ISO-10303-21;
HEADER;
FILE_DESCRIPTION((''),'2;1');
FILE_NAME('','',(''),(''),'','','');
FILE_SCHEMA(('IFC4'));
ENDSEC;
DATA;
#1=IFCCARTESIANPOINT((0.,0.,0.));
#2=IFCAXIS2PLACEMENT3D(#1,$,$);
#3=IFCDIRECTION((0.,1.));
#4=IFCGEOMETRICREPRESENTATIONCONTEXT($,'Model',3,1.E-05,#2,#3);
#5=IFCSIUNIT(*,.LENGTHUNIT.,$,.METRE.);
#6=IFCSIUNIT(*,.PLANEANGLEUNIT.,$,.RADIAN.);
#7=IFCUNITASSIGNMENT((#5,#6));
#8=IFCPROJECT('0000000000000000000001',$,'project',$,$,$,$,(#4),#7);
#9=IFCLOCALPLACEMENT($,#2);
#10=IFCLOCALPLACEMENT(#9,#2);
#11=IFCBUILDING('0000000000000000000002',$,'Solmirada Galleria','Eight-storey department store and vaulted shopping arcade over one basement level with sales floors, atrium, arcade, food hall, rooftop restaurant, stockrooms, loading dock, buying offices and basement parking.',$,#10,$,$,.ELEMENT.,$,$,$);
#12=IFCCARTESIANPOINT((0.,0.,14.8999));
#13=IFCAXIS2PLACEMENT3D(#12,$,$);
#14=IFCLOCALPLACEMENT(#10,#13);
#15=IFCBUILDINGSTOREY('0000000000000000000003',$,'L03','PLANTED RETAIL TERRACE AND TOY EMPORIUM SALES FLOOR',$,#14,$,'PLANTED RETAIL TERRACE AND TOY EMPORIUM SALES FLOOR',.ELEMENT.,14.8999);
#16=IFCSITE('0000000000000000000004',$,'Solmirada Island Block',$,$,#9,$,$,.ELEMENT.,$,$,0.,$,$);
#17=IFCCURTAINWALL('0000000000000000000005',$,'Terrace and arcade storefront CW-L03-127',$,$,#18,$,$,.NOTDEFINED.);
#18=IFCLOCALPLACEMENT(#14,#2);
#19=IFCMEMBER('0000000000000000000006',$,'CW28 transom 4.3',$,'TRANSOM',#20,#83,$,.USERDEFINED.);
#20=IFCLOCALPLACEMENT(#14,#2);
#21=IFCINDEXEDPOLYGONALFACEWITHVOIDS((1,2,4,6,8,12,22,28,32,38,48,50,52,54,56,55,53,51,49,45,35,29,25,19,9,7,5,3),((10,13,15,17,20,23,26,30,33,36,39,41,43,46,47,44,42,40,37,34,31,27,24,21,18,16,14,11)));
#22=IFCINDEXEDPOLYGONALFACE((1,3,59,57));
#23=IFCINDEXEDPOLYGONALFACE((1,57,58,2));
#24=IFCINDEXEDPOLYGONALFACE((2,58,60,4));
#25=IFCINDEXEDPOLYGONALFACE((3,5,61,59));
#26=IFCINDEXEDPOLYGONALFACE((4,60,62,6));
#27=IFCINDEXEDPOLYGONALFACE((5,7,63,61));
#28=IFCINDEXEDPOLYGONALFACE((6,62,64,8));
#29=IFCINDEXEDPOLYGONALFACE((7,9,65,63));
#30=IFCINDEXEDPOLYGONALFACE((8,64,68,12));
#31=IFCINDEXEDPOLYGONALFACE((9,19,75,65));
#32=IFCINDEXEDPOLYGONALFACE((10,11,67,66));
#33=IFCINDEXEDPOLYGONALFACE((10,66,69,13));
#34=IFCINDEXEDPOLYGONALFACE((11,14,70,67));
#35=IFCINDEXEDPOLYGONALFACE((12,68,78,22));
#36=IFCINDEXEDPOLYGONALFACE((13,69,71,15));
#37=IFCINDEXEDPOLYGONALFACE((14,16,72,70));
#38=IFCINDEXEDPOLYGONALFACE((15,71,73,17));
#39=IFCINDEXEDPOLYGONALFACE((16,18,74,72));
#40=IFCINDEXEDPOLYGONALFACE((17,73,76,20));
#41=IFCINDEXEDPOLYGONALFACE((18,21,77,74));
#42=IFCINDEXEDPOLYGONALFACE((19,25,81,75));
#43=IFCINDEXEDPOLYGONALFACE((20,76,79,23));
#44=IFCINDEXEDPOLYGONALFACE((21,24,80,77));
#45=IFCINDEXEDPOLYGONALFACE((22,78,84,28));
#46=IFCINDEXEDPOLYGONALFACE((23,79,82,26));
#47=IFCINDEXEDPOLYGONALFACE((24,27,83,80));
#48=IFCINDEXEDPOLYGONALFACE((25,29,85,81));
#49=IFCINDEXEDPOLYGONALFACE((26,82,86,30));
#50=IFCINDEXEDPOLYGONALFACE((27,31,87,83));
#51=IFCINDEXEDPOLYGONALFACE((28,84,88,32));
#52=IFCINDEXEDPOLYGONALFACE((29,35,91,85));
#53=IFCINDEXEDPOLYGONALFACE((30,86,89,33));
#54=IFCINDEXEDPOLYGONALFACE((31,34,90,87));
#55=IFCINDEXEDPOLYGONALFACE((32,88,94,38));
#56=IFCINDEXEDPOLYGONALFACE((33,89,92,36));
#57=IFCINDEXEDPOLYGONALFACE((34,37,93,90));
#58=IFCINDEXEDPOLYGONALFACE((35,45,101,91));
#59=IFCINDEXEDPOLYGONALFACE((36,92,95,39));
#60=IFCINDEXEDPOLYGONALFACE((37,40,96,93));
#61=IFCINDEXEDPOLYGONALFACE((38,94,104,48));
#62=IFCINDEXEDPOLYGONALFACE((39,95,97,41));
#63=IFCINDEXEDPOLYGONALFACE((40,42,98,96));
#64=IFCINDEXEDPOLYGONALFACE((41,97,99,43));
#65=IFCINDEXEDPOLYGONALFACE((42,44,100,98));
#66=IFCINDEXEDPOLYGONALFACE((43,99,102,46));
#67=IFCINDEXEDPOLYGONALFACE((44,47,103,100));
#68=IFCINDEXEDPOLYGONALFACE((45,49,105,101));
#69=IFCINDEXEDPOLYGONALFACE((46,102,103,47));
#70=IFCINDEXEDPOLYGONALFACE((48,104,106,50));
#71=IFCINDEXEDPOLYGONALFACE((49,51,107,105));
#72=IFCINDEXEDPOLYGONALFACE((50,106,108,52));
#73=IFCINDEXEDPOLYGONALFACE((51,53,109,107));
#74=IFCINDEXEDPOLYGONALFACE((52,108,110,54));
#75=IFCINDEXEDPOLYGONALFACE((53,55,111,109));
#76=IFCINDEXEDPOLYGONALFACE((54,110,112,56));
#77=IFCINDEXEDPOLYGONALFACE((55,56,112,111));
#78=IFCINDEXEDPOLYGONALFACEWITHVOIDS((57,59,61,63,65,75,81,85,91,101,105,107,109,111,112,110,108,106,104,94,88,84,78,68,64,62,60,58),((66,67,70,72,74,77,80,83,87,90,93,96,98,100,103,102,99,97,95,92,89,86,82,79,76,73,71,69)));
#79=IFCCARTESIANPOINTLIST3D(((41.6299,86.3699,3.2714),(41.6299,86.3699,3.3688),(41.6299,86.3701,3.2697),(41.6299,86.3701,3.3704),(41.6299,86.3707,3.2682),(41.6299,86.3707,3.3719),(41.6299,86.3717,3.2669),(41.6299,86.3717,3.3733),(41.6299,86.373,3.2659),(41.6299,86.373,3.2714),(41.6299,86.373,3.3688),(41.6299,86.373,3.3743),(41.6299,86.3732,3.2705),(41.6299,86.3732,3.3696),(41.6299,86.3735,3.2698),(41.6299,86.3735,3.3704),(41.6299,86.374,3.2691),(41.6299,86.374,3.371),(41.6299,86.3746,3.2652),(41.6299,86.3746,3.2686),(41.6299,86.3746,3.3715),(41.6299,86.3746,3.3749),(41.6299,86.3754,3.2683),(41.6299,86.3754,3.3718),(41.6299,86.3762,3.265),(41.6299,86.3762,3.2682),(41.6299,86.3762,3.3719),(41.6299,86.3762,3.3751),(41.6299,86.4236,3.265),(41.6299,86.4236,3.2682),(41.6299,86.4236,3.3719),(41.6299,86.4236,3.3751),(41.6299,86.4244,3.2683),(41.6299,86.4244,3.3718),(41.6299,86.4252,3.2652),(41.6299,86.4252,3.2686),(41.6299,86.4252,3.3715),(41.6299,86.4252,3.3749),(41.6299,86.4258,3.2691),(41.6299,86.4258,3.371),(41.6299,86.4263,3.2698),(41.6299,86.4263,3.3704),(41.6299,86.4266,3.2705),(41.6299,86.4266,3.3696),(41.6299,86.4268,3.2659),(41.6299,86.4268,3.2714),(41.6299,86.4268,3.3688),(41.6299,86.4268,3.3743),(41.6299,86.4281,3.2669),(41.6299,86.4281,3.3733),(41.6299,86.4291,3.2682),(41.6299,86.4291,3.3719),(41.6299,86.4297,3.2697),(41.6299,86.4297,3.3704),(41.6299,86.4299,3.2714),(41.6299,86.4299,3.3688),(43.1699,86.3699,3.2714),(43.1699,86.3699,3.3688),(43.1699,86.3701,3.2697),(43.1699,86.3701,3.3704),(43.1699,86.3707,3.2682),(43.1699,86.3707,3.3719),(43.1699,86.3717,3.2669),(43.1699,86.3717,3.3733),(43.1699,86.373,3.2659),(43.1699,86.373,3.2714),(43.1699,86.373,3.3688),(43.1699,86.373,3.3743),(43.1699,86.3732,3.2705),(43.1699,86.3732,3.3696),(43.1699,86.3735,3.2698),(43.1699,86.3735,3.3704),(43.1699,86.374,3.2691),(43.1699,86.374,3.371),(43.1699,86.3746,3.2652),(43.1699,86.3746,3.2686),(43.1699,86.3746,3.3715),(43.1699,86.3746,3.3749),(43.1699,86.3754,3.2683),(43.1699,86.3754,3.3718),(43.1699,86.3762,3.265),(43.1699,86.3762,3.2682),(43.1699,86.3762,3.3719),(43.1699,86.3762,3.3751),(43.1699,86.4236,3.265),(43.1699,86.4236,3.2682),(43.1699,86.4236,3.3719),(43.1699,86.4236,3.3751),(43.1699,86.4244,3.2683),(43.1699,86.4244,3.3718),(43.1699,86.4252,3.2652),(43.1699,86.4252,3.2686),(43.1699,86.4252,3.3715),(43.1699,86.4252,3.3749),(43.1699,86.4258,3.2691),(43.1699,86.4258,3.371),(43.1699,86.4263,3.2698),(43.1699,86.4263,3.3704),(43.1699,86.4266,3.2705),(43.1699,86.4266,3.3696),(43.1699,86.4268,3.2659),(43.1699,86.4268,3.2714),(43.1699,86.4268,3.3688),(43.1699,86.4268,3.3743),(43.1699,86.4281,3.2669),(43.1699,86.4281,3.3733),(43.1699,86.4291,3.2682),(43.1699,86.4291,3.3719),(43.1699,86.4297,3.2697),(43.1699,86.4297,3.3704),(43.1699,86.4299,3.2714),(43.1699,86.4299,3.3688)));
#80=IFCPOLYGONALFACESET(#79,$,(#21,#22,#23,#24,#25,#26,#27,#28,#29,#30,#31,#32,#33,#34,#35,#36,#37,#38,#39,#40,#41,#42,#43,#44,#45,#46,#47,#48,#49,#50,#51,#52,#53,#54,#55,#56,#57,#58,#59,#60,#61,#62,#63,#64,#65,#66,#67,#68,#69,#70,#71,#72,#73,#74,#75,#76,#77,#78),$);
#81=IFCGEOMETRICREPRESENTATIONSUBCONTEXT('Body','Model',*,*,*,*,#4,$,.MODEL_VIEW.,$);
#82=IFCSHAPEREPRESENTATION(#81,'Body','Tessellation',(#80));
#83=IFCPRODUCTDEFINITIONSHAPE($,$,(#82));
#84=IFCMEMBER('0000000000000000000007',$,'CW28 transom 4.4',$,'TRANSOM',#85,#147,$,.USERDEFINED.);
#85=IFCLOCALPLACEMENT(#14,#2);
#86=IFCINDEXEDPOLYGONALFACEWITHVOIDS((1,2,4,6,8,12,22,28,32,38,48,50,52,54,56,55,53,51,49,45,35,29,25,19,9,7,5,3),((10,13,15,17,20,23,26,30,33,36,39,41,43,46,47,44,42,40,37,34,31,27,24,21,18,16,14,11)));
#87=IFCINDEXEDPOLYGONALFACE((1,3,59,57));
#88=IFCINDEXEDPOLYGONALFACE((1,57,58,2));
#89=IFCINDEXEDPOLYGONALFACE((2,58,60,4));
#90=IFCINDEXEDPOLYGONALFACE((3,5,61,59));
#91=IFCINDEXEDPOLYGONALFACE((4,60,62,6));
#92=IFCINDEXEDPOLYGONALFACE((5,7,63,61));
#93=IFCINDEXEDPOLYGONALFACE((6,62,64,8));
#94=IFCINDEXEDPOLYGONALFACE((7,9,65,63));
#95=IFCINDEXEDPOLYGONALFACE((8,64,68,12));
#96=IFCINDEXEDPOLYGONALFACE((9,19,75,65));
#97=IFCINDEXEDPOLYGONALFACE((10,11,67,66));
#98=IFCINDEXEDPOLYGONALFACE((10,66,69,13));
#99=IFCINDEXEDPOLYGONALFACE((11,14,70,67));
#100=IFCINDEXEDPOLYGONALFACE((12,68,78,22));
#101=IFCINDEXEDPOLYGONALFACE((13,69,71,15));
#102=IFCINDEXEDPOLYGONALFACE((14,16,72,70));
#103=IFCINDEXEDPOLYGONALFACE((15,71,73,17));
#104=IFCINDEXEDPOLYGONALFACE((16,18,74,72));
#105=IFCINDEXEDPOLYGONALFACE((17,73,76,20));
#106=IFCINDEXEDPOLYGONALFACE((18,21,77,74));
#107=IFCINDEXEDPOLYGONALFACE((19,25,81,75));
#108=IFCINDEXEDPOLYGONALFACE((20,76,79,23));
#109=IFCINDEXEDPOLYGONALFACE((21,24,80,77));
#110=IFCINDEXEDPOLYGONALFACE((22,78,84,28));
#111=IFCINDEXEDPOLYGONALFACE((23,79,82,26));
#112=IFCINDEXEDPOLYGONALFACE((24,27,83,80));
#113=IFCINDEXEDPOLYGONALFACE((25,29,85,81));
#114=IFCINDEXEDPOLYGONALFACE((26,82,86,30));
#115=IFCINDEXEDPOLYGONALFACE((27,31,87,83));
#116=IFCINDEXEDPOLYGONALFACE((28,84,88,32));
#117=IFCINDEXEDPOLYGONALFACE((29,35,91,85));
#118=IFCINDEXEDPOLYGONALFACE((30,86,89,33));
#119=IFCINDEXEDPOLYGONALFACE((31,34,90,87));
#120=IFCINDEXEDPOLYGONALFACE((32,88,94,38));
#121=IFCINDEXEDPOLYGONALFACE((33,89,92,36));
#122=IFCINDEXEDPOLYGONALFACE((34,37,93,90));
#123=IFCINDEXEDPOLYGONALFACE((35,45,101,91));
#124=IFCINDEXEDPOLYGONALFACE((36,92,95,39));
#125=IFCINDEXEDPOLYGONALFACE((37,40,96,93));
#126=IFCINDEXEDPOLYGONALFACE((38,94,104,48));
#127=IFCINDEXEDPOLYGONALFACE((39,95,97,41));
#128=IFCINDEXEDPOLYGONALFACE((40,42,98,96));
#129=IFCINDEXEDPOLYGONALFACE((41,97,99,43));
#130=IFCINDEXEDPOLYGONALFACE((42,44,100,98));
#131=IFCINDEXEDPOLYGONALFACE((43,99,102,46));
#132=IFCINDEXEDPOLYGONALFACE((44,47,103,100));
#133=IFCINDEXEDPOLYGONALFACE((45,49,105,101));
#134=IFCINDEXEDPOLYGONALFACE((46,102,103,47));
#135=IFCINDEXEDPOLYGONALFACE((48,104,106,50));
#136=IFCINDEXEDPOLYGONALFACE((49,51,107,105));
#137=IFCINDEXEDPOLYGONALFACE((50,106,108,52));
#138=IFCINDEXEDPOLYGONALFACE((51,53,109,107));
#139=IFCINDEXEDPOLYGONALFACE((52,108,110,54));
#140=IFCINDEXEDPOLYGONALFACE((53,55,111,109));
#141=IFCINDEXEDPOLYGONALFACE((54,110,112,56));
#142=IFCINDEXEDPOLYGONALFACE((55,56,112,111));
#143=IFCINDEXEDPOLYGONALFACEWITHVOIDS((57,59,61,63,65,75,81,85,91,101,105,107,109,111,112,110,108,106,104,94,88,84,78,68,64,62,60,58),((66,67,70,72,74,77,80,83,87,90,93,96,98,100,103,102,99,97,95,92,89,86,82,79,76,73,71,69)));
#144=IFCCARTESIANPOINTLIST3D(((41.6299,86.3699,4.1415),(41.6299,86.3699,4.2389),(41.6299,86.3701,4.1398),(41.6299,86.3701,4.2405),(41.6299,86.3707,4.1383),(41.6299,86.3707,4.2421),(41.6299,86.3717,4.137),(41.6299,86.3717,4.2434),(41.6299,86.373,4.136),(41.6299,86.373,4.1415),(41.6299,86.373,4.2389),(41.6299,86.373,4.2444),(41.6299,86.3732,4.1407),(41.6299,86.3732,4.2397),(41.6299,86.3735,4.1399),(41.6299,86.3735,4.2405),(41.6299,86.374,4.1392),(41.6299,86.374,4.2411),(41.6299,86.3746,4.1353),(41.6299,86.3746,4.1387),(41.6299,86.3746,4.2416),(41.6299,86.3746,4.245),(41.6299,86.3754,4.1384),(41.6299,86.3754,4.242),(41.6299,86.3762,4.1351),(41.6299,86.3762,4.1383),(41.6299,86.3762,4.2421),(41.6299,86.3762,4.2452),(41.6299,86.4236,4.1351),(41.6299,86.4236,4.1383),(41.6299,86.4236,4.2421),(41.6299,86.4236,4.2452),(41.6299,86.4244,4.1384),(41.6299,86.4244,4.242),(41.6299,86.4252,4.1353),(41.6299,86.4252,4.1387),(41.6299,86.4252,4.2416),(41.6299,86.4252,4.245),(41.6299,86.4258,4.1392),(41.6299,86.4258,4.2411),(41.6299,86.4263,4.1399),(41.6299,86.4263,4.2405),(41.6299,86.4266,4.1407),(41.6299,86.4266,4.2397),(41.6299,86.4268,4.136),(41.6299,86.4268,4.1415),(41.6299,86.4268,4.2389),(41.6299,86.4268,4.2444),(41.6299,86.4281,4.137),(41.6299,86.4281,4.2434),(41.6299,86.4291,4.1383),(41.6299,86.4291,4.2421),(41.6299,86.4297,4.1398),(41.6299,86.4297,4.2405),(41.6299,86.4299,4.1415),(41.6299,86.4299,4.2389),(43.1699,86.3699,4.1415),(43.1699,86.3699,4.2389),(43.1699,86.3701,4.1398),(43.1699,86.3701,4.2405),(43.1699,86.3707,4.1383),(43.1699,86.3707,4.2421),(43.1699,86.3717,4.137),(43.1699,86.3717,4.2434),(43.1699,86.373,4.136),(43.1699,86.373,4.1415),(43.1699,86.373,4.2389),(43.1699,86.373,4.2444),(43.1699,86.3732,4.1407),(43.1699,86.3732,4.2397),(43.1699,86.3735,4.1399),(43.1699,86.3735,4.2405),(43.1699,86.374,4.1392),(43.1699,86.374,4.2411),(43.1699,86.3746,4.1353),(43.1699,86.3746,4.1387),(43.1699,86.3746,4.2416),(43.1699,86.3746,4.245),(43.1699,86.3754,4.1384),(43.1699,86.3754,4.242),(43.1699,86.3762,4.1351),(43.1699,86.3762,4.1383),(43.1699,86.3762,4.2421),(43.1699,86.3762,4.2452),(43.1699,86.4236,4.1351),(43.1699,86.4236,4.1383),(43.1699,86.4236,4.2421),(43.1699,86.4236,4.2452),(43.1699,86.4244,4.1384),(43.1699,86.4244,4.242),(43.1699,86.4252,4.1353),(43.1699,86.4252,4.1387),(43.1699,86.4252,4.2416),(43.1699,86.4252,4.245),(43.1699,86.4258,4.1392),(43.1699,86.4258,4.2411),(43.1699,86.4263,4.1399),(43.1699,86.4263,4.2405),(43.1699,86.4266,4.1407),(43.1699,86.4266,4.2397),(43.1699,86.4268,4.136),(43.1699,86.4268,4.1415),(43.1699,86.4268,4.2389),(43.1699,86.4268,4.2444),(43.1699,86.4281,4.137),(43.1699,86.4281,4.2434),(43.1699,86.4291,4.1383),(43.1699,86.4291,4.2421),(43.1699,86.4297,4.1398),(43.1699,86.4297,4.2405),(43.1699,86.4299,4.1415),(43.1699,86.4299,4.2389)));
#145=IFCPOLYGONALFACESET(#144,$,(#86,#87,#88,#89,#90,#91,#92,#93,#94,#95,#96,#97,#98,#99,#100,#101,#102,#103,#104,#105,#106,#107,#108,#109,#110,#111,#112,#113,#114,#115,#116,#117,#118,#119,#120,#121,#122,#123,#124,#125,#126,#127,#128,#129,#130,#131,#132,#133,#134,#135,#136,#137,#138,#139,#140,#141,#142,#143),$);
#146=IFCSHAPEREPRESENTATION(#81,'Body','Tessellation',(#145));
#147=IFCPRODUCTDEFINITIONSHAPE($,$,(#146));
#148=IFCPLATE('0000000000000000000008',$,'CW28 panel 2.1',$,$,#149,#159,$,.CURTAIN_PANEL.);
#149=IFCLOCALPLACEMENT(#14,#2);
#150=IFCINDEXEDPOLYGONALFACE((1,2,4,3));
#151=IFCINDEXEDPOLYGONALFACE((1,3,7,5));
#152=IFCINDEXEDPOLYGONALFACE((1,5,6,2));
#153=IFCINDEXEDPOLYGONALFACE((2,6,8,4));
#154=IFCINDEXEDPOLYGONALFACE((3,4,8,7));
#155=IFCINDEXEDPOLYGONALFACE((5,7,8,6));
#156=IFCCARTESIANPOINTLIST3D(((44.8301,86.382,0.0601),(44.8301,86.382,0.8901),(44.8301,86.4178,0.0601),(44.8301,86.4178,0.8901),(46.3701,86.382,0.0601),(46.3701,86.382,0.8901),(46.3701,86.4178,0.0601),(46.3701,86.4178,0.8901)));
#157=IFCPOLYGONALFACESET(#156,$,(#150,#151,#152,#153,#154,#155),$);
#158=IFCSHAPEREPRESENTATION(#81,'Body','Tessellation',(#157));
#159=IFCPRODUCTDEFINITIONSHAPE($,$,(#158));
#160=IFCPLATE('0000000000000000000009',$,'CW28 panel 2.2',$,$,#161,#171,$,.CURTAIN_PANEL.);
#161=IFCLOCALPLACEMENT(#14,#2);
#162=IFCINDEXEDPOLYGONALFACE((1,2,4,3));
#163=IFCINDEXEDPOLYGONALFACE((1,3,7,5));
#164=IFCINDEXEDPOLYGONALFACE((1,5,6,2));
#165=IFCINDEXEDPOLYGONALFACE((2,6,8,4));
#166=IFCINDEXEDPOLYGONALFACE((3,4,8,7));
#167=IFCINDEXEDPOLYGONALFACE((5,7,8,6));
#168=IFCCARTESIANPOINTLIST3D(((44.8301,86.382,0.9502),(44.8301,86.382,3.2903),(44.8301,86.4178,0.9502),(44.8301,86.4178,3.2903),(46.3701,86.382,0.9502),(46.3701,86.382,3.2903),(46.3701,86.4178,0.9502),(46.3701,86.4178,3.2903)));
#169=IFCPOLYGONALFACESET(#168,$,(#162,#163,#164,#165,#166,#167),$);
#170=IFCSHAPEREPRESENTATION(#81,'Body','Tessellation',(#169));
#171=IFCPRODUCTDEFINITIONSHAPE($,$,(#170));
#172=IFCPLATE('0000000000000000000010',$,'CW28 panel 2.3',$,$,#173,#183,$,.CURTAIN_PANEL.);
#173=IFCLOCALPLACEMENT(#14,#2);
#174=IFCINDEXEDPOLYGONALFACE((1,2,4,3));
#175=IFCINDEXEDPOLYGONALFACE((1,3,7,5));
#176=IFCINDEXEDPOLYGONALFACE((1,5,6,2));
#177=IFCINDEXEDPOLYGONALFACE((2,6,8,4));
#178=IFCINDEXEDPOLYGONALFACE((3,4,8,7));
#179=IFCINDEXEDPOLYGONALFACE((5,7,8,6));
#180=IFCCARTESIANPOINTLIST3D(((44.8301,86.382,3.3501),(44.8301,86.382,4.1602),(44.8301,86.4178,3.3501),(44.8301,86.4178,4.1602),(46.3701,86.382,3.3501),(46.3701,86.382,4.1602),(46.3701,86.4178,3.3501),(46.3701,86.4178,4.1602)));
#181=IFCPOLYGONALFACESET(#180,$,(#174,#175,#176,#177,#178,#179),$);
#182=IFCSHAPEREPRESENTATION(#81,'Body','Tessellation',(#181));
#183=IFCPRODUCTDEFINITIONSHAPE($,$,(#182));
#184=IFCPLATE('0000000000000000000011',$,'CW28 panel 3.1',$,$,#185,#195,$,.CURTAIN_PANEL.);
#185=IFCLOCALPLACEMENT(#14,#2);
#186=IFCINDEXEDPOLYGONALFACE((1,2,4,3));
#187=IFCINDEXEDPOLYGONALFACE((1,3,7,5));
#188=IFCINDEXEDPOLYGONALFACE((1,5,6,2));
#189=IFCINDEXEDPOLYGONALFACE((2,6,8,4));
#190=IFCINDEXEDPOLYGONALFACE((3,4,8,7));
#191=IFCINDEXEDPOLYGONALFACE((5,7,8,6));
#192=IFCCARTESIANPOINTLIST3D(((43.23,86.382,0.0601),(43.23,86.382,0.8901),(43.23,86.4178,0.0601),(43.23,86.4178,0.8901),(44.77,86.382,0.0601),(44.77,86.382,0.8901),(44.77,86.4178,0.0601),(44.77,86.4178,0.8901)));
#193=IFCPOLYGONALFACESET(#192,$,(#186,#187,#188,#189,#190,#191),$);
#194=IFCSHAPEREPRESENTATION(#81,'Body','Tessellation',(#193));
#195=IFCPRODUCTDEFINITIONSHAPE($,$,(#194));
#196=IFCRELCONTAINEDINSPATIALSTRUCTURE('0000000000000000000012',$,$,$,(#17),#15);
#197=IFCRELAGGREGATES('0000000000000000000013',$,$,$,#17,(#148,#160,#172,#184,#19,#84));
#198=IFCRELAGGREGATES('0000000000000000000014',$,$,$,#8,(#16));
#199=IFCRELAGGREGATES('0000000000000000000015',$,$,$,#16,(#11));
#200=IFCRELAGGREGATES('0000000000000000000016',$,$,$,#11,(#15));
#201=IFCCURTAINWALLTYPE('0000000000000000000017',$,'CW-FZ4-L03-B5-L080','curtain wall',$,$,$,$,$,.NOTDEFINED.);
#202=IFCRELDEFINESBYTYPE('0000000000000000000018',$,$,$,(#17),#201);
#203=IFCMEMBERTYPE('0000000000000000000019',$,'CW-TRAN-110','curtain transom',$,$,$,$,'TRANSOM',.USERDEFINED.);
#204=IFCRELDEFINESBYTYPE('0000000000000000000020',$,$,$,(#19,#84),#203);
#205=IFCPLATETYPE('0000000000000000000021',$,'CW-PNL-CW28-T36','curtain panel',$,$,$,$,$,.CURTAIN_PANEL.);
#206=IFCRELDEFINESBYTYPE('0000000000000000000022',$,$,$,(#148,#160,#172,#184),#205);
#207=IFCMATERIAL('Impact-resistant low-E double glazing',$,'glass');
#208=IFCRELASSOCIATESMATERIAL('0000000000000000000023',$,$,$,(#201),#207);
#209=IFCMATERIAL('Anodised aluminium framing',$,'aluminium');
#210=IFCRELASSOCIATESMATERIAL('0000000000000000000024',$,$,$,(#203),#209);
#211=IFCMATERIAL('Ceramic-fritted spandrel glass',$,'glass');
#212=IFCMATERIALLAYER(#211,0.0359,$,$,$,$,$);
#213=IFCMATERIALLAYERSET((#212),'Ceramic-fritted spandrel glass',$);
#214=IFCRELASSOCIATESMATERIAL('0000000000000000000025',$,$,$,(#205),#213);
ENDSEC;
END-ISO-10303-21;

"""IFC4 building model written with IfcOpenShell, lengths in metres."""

from ifc_helpers import new_model, si_unit, direction, frame, origin, origin_2d, place, context, subcontext, project, spatial, rectangle, hollow_rectangle, extrude, material, layer, layer_set, material_profile, profile_set, type_object, element, aggregate, save


model = new_model("IFC4")

# Units and contexts
model_context = context("Model", 3, precision=1e-05, world=origin(), true_north=direction((0.0, 1.0)))
body_context = subcontext(model_context, "Body", "Model", "MODEL_VIEW")
ifc_project = project(units=[si_unit("LENGTHUNIT", "METRE"), si_unit("PLANEANGLEUNIT", "RADIAN")], contexts=[model_context])

# Site, building, storey
site_placement = place(None, origin())
site = spatial("IfcSite", under=ifc_project, at=site_placement, Name="Solmirada Island Block", CompositionType="ELEMENT", RefElevation=0.0)
building_placement = place(site_placement, origin())
building = spatial("IfcBuilding", under=site, at=building_placement, Name="Solmirada Galleria", Description="Eight-storey department store and vaulted shopping arcade over one basement level with sales floors, atrium, arcade, food hall, rooftop restaurant, stockrooms, loading dock, buying offices and basement parking.", CompositionType="ELEMENT")
storey_placement = place(building_placement, frame((0.0, 0.0, 14.8999)))
storey = spatial("IfcBuildingStorey", under=building, at=storey_placement, Name="L03", Description="PLANTED RETAIL TERRACE AND TOY EMPORIUM SALES FLOOR", LongName="PLANTED RETAIL TERRACE AND TOY EMPORIUM SALES FLOOR", CompositionType="ELEMENT", Elevation=14.8999)

# Curtain wall, members, plates
ifc_material_1 = material(Name="Impact-resistant low-E double glazing", Category="glass")
curtain_wall_type = type_object("IfcCurtainWallType", Name="CW-FZ4-L03-B5-L080", Description="curtain wall", PredefinedType="NOTDEFINED", material=ifc_material_1)
curtain_wall_placement = place(storey_placement, origin())
curtain_wall = element("IfcCurtainWall", 1, at=curtain_wall_placement, inside=storey, type_object=curtain_wall_type, Name="Terrace and arcade storefront CW-L03-127", PredefinedType="NOTDEFINED")
ifc_material_2 = material(Name="Anodised aluminium framing", Category="aluminium")
ifc_material_profile_1 = material_profile(ifc_material_2, hollow_rectangle(XDim=0.0601, YDim=0.1101, WallThickness=0.0032, InnerFilletRadius=0.0032, OuterFilletRadius=0.0063, at=origin_2d()), Name="ALU-TRAN-110X60")
ifc_profile_set_1 = profile_set([ifc_material_profile_1], Name="Anodised aluminium framing")
member_type_1 = type_object("IfcMemberType", Name="CW-TRAN-110", Description="curtain transom", ElementType="TRANSOM", PredefinedType="USERDEFINED", material=ifc_profile_set_1)
member_1_placement = place(storey_placement, frame((43.1699, 86.3999, 3.3201), z_axis=(-1.0, 0.0, 0.0), x_axis=(0.0, -1.0, 0.0)))
member_1 = element("IfcMember", 2, at=member_1_placement, type_object=member_type_1, Name="CW28 transom 4.3", ObjectType="TRANSOM", PredefinedType="USERDEFINED", context=body_context, shape_type="SweptSolid", body=[
    extrude(hollow_rectangle(XDim=0.0601, YDim=0.1101, WallThickness=0.0032, InnerFilletRadius=0.0032, OuterFilletRadius=0.0063, at=origin_2d()), origin(), (0.0, 0.0, 1.0), 1.54),
])
member_2_placement = place(storey_placement, frame((43.1699, 86.3999, 4.1902), z_axis=(-1.0, 0.0, 0.0), x_axis=(0.0, -1.0, 0.0)))
member_2 = element("IfcMember", 3, at=member_2_placement, type_object=member_type_1, Name="CW28 transom 4.4", ObjectType="TRANSOM", PredefinedType="USERDEFINED", context=body_context, shape_type="SweptSolid", body=[
    extrude(hollow_rectangle(XDim=0.0601, YDim=0.1101, WallThickness=0.0032, InnerFilletRadius=0.0032, OuterFilletRadius=0.0063, at=origin_2d()), origin(), (0.0, 0.0, 1.0), 1.54),
])
ifc_material_3 = material(Name="Ceramic-fritted spandrel glass", Category="glass")
ifc_layer_1 = layer(ifc_material_3, 0.0359)
ifc_layer_set_1 = layer_set([ifc_layer_1], Name="Ceramic-fritted spandrel glass")
plate_type = type_object("IfcPlateType", Name="CW-PNL-CW28-T36", Description="curtain panel", PredefinedType="CURTAIN_PANEL", material=ifc_layer_set_1)
plate_1_placement = place(storey_placement, frame((45.6001, 86.3999, 0.0601), z_axis=(0.0, 0.0, 1.0), x_axis=(-1.0, 0.0, 0.0)))
plate_1 = element("IfcPlate", 4, at=plate_1_placement, type_object=plate_type, Name="CW28 panel 2.1", PredefinedType="CURTAIN_PANEL", context=body_context, shape_type="SweptSolid", body=[
    extrude(rectangle(XDim=1.54, YDim=0.0359, at=origin_2d()), origin(), (0.0, 0.0, 1.0), 0.8301),
])
plate_2_placement = place(storey_placement, frame((45.6001, 86.3999, 0.9502), z_axis=(0.0, 0.0, 1.0), x_axis=(-1.0, 0.0, 0.0)))
plate_2 = element("IfcPlate", 5, at=plate_2_placement, type_object=plate_type, Name="CW28 panel 2.2", PredefinedType="CURTAIN_PANEL", context=body_context, shape_type="SweptSolid", body=[
    extrude(rectangle(XDim=1.54, YDim=0.0359, at=origin_2d()), origin(), (0.0, 0.0, 1.0), 2.3401),
])
plate_3_placement = place(storey_placement, frame((45.6001, 86.3999, 3.3501), z_axis=(0.0, 0.0, 1.0), x_axis=(-1.0, 0.0, 0.0)))
plate_3 = element("IfcPlate", 6, at=plate_3_placement, type_object=plate_type, Name="CW28 panel 2.3", PredefinedType="CURTAIN_PANEL", context=body_context, shape_type="SweptSolid", body=[
    extrude(rectangle(XDim=1.54, YDim=0.0359, at=origin_2d()), origin(), (0.0, 0.0, 1.0), 0.8101),
])
plate_4_placement = place(storey_placement, frame((44.0, 86.3999, 0.0601), z_axis=(0.0, 0.0, 1.0), x_axis=(-1.0, 0.0, 0.0)))
plate_4 = element("IfcPlate", 7, at=plate_4_placement, type_object=plate_type, Name="CW28 panel 3.1", PredefinedType="CURTAIN_PANEL", context=body_context, shape_type="SweptSolid", body=[
    extrude(rectangle(XDim=1.54, YDim=0.0359, at=origin_2d()), origin(), (0.0, 0.0, 1.0), 0.8301),
])
aggregate(curtain_wall, [plate_1, plate_2, plate_3, plate_4, member_1, member_2])

save(model, "model.ifc")
